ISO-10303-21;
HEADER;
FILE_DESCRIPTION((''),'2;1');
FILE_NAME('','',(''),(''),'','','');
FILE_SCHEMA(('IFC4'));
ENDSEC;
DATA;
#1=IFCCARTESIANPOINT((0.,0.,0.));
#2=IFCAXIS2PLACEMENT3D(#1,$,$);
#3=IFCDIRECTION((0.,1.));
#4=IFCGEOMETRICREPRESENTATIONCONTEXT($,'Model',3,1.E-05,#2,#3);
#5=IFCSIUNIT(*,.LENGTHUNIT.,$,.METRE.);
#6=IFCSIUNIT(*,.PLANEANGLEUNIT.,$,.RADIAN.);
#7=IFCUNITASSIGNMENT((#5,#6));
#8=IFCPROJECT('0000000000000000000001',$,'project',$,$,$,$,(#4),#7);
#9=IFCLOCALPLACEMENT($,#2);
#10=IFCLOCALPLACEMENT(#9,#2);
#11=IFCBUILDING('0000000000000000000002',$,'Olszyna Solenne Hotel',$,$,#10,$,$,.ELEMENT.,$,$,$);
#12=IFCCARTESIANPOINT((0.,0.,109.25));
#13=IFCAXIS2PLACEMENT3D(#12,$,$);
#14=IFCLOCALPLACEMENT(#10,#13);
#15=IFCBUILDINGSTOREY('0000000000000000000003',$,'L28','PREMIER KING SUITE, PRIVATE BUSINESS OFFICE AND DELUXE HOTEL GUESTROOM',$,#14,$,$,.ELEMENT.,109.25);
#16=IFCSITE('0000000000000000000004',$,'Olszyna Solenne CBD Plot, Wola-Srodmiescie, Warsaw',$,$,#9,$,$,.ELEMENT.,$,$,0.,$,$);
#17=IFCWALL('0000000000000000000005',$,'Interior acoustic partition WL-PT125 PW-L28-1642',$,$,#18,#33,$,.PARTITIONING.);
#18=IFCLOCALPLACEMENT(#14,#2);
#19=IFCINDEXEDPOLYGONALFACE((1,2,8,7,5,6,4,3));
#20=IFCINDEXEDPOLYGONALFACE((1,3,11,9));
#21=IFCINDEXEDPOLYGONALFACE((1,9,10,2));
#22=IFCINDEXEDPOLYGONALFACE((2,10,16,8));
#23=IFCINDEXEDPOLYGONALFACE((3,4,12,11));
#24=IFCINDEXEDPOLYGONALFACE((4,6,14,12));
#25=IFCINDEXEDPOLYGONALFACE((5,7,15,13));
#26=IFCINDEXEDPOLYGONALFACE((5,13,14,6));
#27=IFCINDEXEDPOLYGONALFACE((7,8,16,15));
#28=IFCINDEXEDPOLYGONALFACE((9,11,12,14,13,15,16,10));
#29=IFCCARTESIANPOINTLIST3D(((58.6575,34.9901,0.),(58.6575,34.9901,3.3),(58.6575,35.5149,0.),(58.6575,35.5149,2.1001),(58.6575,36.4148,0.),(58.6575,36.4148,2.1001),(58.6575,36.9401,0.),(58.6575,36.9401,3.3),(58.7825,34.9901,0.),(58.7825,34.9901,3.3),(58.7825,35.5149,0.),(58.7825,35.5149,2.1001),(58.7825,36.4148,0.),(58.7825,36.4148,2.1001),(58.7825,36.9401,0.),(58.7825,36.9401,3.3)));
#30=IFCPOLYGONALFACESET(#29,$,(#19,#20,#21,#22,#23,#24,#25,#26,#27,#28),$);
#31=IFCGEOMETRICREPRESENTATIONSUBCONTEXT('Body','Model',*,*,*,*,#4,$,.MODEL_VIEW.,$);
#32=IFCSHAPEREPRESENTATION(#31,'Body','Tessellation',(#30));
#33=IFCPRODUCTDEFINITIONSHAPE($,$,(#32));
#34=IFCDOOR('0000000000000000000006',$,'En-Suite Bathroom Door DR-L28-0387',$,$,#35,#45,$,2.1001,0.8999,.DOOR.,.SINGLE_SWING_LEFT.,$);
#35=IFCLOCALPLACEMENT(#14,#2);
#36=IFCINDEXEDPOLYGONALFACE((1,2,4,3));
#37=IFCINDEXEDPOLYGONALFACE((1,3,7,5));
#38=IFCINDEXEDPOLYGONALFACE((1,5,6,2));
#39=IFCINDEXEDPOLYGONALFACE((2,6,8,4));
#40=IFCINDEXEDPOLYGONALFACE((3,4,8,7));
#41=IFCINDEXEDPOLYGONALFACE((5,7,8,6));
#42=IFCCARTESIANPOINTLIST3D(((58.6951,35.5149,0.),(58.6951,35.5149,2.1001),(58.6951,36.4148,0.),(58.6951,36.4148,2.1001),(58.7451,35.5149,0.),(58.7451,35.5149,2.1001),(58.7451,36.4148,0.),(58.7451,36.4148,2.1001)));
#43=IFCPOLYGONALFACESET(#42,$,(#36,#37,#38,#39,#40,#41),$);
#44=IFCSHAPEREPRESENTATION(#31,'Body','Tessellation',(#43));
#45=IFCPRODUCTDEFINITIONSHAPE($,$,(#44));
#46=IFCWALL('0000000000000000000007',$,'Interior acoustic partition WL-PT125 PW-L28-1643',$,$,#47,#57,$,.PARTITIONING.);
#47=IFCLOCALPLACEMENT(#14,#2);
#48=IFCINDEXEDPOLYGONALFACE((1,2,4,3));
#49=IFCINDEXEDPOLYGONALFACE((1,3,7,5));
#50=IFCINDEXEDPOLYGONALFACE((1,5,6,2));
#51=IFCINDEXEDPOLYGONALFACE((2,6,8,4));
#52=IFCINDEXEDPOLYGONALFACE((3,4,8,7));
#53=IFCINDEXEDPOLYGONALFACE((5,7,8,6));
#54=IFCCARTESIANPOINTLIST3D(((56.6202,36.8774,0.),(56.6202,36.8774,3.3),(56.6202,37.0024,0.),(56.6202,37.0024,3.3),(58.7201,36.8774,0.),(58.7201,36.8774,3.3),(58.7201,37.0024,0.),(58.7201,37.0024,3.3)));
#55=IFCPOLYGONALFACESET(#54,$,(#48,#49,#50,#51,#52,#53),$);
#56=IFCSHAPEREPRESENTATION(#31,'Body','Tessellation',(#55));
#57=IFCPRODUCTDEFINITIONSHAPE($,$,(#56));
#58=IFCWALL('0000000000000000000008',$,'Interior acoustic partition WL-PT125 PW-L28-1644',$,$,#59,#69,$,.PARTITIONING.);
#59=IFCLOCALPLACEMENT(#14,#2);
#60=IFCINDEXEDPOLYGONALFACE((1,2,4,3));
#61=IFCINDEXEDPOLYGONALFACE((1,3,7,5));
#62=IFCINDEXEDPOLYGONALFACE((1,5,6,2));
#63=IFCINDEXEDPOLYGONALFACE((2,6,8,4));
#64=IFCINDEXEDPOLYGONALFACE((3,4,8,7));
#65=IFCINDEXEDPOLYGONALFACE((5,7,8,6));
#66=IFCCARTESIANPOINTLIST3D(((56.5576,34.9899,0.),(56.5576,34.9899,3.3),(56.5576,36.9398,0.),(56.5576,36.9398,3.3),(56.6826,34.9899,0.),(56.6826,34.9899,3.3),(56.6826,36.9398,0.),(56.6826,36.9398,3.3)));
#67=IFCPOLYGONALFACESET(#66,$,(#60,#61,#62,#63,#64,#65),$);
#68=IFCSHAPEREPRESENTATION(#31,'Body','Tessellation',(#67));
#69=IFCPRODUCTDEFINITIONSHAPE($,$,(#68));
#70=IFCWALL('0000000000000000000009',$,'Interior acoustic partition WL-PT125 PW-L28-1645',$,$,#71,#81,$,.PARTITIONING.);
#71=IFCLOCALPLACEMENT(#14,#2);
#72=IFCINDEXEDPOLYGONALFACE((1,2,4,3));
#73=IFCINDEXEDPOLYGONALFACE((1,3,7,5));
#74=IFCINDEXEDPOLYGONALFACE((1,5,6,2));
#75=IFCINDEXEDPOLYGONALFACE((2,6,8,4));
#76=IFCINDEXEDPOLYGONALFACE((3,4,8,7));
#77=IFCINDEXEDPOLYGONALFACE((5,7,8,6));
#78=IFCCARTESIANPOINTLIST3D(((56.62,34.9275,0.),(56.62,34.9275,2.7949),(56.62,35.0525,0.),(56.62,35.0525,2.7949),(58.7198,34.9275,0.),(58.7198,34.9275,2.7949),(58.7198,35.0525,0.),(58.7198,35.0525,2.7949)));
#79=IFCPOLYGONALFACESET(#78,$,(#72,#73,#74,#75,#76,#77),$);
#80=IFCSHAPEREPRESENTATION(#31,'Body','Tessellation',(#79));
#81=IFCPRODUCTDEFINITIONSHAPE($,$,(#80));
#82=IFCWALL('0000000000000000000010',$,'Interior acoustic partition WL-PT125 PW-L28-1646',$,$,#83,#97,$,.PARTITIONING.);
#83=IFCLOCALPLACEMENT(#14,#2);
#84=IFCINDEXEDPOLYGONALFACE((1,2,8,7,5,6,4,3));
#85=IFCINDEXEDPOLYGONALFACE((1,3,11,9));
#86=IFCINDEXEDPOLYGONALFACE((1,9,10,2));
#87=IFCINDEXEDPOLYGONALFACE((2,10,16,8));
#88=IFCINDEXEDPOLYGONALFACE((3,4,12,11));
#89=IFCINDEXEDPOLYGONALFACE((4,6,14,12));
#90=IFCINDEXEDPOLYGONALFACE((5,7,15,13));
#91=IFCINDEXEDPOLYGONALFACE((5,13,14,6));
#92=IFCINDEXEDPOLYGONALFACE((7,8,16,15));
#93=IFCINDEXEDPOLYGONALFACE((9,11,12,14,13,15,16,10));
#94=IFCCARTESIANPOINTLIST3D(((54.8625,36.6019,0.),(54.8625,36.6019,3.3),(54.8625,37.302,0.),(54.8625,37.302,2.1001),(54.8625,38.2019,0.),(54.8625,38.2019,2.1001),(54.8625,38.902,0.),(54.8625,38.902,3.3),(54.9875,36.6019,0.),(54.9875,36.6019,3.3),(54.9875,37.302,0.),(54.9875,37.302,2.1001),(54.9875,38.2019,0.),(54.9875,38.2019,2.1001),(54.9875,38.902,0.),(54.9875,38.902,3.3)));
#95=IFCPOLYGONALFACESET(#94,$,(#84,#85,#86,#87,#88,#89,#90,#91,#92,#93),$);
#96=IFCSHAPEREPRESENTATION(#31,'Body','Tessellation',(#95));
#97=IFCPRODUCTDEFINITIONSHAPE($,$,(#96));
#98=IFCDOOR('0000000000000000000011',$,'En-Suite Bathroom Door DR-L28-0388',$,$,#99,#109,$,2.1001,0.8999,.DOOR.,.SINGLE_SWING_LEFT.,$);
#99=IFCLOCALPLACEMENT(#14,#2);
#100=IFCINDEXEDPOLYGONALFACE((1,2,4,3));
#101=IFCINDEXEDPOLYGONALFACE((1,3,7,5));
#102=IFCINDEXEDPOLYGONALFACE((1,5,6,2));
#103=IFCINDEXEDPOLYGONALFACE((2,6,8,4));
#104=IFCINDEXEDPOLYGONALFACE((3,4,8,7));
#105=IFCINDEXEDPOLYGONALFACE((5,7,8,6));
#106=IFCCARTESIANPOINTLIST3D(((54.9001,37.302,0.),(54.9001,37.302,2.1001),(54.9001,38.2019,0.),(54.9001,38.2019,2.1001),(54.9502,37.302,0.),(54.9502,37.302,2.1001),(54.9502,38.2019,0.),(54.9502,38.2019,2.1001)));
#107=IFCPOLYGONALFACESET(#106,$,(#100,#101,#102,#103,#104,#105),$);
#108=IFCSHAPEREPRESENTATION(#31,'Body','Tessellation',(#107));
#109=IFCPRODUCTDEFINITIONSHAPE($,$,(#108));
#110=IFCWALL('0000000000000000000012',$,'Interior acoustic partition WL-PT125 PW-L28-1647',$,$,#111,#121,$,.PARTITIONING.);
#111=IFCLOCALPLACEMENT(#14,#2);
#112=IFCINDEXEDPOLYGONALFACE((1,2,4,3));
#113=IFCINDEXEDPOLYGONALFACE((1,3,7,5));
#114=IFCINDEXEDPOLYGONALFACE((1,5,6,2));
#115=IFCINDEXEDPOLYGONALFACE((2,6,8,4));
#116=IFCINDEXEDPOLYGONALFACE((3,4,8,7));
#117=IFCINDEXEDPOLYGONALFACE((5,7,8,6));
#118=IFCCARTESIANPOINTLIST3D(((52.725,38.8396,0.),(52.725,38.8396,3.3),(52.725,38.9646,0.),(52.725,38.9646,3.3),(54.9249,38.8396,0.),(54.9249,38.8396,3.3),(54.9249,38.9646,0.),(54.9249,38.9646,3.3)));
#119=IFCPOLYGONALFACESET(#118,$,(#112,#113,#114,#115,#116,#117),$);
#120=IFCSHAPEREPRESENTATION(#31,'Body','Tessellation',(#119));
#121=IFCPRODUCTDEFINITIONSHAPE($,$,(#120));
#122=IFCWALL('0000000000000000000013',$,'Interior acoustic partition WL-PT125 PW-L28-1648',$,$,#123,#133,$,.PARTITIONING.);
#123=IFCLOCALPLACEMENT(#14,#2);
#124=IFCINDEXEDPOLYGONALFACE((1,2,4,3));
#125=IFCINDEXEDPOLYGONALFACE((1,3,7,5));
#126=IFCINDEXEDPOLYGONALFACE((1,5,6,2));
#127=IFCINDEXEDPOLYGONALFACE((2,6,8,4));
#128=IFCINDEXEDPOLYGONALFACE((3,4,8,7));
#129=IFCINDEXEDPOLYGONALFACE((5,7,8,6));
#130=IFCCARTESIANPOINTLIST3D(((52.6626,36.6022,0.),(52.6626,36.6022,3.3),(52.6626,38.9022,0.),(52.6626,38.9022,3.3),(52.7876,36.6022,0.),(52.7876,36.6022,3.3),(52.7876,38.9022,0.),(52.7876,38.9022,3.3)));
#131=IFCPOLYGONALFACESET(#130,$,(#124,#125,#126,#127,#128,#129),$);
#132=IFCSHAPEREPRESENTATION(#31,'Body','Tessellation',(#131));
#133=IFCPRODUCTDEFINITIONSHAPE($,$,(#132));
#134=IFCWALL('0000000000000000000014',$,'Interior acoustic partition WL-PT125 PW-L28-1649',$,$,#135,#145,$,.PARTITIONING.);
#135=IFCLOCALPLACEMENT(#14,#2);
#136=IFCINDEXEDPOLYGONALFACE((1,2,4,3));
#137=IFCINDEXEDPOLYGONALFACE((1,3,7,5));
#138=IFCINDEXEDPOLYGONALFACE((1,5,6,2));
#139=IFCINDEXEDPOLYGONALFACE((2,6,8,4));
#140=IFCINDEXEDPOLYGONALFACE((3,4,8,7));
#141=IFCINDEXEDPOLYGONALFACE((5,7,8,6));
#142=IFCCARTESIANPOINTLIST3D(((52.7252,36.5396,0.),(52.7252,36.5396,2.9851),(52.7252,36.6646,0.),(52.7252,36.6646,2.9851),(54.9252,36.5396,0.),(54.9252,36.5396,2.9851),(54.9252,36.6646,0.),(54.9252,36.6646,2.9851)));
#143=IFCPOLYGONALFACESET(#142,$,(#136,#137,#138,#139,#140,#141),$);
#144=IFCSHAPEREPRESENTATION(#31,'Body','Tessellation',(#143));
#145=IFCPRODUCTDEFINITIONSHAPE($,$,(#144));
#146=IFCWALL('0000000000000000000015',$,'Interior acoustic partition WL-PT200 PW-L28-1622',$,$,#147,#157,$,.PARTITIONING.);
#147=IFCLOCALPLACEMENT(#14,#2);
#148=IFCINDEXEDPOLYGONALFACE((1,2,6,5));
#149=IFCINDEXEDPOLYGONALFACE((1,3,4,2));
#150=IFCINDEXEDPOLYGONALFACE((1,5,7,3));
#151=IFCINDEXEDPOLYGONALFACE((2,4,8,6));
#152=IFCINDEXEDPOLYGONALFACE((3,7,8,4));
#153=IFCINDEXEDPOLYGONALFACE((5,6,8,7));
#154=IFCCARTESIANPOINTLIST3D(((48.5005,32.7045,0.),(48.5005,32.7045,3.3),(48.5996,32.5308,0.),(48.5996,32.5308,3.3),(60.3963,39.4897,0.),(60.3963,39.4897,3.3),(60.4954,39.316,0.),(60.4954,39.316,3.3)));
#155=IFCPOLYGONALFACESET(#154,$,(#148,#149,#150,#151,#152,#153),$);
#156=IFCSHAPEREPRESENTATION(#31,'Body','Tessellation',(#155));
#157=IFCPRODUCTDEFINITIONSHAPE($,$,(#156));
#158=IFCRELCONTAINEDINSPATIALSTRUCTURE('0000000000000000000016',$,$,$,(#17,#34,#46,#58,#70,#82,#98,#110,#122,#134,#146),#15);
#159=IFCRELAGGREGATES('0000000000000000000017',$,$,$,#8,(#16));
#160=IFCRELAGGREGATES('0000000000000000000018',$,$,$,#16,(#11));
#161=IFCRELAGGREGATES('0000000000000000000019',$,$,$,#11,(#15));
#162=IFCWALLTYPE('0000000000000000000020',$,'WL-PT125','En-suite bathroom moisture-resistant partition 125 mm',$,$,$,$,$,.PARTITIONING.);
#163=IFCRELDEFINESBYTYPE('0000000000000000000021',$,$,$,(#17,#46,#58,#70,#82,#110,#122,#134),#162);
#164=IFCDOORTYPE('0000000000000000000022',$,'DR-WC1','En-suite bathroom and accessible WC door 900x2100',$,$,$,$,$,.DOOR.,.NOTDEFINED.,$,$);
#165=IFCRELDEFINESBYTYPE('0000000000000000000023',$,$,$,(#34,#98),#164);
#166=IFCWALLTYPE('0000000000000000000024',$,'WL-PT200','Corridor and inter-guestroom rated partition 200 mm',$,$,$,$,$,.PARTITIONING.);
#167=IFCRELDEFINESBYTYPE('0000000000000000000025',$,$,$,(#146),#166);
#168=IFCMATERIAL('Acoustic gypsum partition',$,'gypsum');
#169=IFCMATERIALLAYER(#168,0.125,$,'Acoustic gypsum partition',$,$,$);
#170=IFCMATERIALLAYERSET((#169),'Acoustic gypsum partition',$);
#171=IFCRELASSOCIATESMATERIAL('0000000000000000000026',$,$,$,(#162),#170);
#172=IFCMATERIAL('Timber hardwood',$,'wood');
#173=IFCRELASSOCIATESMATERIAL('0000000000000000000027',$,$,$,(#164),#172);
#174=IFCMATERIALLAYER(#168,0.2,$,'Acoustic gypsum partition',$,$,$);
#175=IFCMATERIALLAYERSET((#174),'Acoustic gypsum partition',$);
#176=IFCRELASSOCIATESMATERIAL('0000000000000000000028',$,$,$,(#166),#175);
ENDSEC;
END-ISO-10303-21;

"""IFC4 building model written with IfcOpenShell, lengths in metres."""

from ifc_helpers import new_model, si_unit, direction, frame, frame_2d, origin, place, context, subcontext, project, spatial, rectangle, extrude, source, transform, mapped, material, layer, layer_set, type_object, type_shapes, element, fill, save


model = new_model("IFC4")

# Units and contexts
model_context = context("Model", 3, precision=1e-05, world=origin(), true_north=direction((0.0, 1.0)))
body_context = subcontext(model_context, "Body", "Model", "MODEL_VIEW")
ifc_project = project(units=[si_unit("LENGTHUNIT", "METRE"), si_unit("PLANEANGLEUNIT", "RADIAN")], contexts=[model_context])

# Site, building, storey
site_placement = place(None, origin())
site = spatial("IfcSite", under=ifc_project, at=site_placement, Name="Olszyna Solenne CBD Plot, Wola-Srodmiescie, Warsaw", CompositionType="ELEMENT", RefElevation=0.0)
building_placement = place(site_placement, origin())
building = spatial("IfcBuilding", under=site, at=building_placement, Name="Olszyna Solenne Hotel", CompositionType="ELEMENT")
storey_placement = place(building_placement, frame((0.0, 0.0, 109.25)))
storey = spatial("IfcBuildingStorey", under=building, at=storey_placement, Name="L28", Description="PREMIER KING SUITE, PRIVATE BUSINESS OFFICE AND DELUXE HOTEL GUESTROOM", CompositionType="ELEMENT", Elevation=109.25)

# Shared definitions
ifc_material_1 = material(Name="Timber hardwood", Category="wood")

# Wall, opening, door
ifc_material_2 = material(Name="Acoustic gypsum partition", Category="gypsum")
ifc_layer_1 = layer(ifc_material_2, 0.125, Name="Acoustic gypsum partition")
ifc_layer_set_1 = layer_set([ifc_layer_1], Name="Acoustic gypsum partition")
wall_type_1 = type_object("IfcWallType", Name="WL-PT125", Description="En-suite bathroom moisture-resistant partition 125 mm", PredefinedType="PARTITIONING", material=ifc_layer_set_1)
wall_1_placement = place(storey_placement, frame((58.72, 34.99, 0.0), z_axis=(0.0, 0.0, 1.0), x_axis=(0.0, 1.0, 0.0)))
wall_1 = element("IfcWall", 1, at=wall_1_placement, inside=storey, type_object=wall_type_1, Name="Interior acoustic partition WL-PT125 PW-L28-1642", PredefinedType="PARTITIONING", context=body_context, shape_type="SweptSolid", body=[
    extrude(rectangle(XDim=1.95, YDim=0.125, at=frame_2d((0.9751, 0.0))), origin(), (0.0, 0.0, 1.0), 3.3),
])
opening_1_placement = place(wall_1_placement, frame((0.5249, 0.0, 0.0)))
opening_1 = element("IfcOpeningElement", 2, at=opening_1_placement, cuts=wall_1, PredefinedType="OPENING", context=body_context, shape_type="SweptSolid", body=[
    extrude(rectangle(XDim=0.8999, YDim=2.1001, at=frame_2d((0.45, 1.05))), frame((0.0, 0.0725, 0.0), z_axis=(0.0, -1.0, 0.0), x_axis=(1.0, 0.0, 0.0)), (0.0, 0.0, 1.0), 0.145),
])
door_type_1 = type_object("IfcDoorType", Name="DR-WC1", Description="En-suite bathroom and accessible WC door 900x2100", OperationType="NOTDEFINED", PredefinedType="DOOR", material=ifc_material_1)
shared_shape_1 = source(origin(), body_context, "Body", "SweptSolid", [
    extrude(rectangle(XDim=0.8999, YDim=2.1001, at=frame_2d((0.45, 1.05))), frame((0.0, 0.0249, 0.0), z_axis=(0.0, -1.0, 0.0), x_axis=(1.0, 0.0, 0.0)), (0.0, 0.0, 1.0), 0.05),
])
type_shapes(door_type_1, [shared_shape_1])
door_1_placement = place(opening_1_placement, origin())
door_1 = element("IfcDoor", 3, at=door_1_placement, inside=storey, type_object=door_type_1, Name="En-Suite Bathroom Door DR-L28-0387", OperationType="SINGLE_SWING_LEFT", OverallHeight=2.1001, OverallWidth=0.8999, PredefinedType="DOOR", context=body_context, shape_type="MappedRepresentation", body=[
    mapped(shared_shape_1, transform((0.0, 0.0, 0.0), x_axis=(1.0, 0.0, 0.0), y_axis=(0.0, 1.0, 0.0), z_axis=(0.0, 0.0, 1.0), scale=1.0)),
])
fill(opening_1, door_1)

# Walls
wall_2_placement = place(storey_placement, frame((58.72, 36.9399, 0.0), z_axis=(0.0, 0.0, 1.0), x_axis=(-1.0, 0.0, 0.0)))
element("IfcWall", 4, at=wall_2_placement, inside=storey, type_object=wall_type_1, Name="Interior acoustic partition WL-PT125 PW-L28-1643", PredefinedType="PARTITIONING", context=body_context, shape_type="SweptSolid", body=[
    extrude(rectangle(XDim=2.0999, YDim=0.125, at=frame_2d((1.0498, 0.0))), origin(), (0.0, 0.0, 1.0), 3.3),
])
wall_3_placement = place(storey_placement, frame((56.6201, 36.9399, 0.0), z_axis=(0.0, 0.0, 1.0), x_axis=(0.0, -1.0, 0.0)))
element("IfcWall", 5, at=wall_3_placement, inside=storey, type_object=wall_type_1, Name="Interior acoustic partition WL-PT125 PW-L28-1644", PredefinedType="PARTITIONING", context=body_context, shape_type="SweptSolid", body=[
    extrude(rectangle(XDim=1.95, YDim=0.125, at=frame_2d((0.9751, 0.0))), origin(), (0.0, 0.0, 1.0), 3.3),
])
wall_4_placement = place(storey_placement, frame((56.6201, 34.99, 0.0), z_axis=(0.0, 0.0, 1.0), x_axis=(1.0, 0.0, 0.0)))
element("IfcWall", 6, at=wall_4_placement, inside=storey, type_object=wall_type_1, Name="Interior acoustic partition WL-PT125 PW-L28-1645", PredefinedType="PARTITIONING", context=body_context, shape_type="SweptSolid", body=[
    extrude(rectangle(XDim=2.0999, YDim=0.125, at=frame_2d((1.0498, 0.0))), origin(), (0.0, 0.0, 1.0), 2.7949),
])

# Wall, opening, door
wall_5_placement = place(storey_placement, frame((54.925, 36.6021, 0.0), z_axis=(0.0, 0.0, 1.0), x_axis=(0.0, 1.0, 0.0)))
wall_5 = element("IfcWall", 7, at=wall_5_placement, inside=storey, type_object=wall_type_1, Name="Interior acoustic partition WL-PT125 PW-L28-1646", PredefinedType="PARTITIONING", context=body_context, shape_type="SweptSolid", body=[
    extrude(rectangle(XDim=2.3, YDim=0.125, at=frame_2d((1.1499, 0.0))), origin(), (0.0, 0.0, 1.0), 3.3),
])
opening_2_placement = place(wall_5_placement, frame((0.7, 0.0, 0.0)))
opening_2 = element("IfcOpeningElement", 8, at=opening_2_placement, cuts=wall_5, PredefinedType="OPENING", context=body_context, shape_type="SweptSolid", body=[
    extrude(rectangle(XDim=0.8999, YDim=2.1001, at=frame_2d((0.45, 1.05))), frame((0.0, 0.0725, 0.0), z_axis=(0.0, -1.0, 0.0), x_axis=(1.0, 0.0, 0.0)), (0.0, 0.0, 1.0), 0.145),
])
door_2_placement = place(opening_2_placement, origin())
door_2 = element("IfcDoor", 9, at=door_2_placement, inside=storey, type_object=door_type_1, Name="En-Suite Bathroom Door DR-L28-0388", OperationType="SINGLE_SWING_LEFT", OverallHeight=2.1001, OverallWidth=0.8999, PredefinedType="DOOR", context=body_context, shape_type="MappedRepresentation", body=[
    mapped(shared_shape_1, transform((0.0, 0.0, 0.0), x_axis=(1.0, 0.0, 0.0), y_axis=(0.0, 1.0, 0.0), z_axis=(0.0, 0.0, 1.0), scale=1.0)),
])
fill(opening_2, door_2)

# Walls
wall_6_placement = place(storey_placement, frame((54.925, 38.9021, 0.0), z_axis=(0.0, 0.0, 1.0), x_axis=(-1.0, 0.0, 0.0)))
element("IfcWall", 10, at=wall_6_placement, inside=storey, type_object=wall_type_1, Name="Interior acoustic partition WL-PT125 PW-L28-1647", PredefinedType="PARTITIONING", context=body_context, shape_type="SweptSolid", body=[
    extrude(rectangle(XDim=2.2, YDim=0.125, at=frame_2d((1.1001, 0.0))), origin(), (0.0, 0.0, 1.0), 3.3),
])
wall_7_placement = place(storey_placement, frame((52.7251, 38.9021, 0.0), z_axis=(0.0, 0.0, 1.0), x_axis=(0.0, -1.0, 0.0)))
element("IfcWall", 11, at=wall_7_placement, inside=storey, type_object=wall_type_1, Name="Interior acoustic partition WL-PT125 PW-L28-1648", PredefinedType="PARTITIONING", context=body_context, shape_type="SweptSolid", body=[
    extrude(rectangle(XDim=2.3, YDim=0.125, at=frame_2d((1.1499, 0.0))), origin(), (0.0, 0.0, 1.0), 3.3),
])
wall_8_placement = place(storey_placement, frame((52.7251, 36.6021, 0.0), z_axis=(0.0, 0.0, 1.0), x_axis=(1.0, 0.0, 0.0)))
element("IfcWall", 12, at=wall_8_placement, inside=storey, type_object=wall_type_1, Name="Interior acoustic partition WL-PT125 PW-L28-1649", PredefinedType="PARTITIONING", context=body_context, shape_type="SweptSolid", body=[
    extrude(rectangle(XDim=2.2, YDim=0.125, at=frame_2d((1.1001, 0.0))), origin(), (0.0, 0.0, 1.0), 2.9851),
])
ifc_layer_2 = layer(ifc_material_2, 0.2, Name="Acoustic gypsum partition")
ifc_layer_set_2 = layer_set([ifc_layer_2], Name="Acoustic gypsum partition")
wall_type_2 = type_object("IfcWallType", Name="WL-PT200", Description="Corridor and inter-guestroom rated partition 200 mm", PredefinedType="PARTITIONING", material=ifc_layer_set_2)
wall_9_placement = place(storey_placement, frame((48.55, 32.6177, 0.0), z_axis=(0.0, 0.0, 1.0), x_axis=(0.868633, 0.495455, 0.0)))
element("IfcWall", 13, at=wall_9_placement, inside=storey, type_object=wall_type_2, Name="Interior acoustic partition WL-PT200 PW-L28-1622", PredefinedType="PARTITIONING", context=body_context, shape_type="SweptSolid", body=[
    extrude(rectangle(XDim=13.6948, YDim=0.2, at=frame_2d((6.8474, 0.0))), origin(), (0.0, 0.0, 1.0), 3.3),
])

save(model, "model.ifc")
